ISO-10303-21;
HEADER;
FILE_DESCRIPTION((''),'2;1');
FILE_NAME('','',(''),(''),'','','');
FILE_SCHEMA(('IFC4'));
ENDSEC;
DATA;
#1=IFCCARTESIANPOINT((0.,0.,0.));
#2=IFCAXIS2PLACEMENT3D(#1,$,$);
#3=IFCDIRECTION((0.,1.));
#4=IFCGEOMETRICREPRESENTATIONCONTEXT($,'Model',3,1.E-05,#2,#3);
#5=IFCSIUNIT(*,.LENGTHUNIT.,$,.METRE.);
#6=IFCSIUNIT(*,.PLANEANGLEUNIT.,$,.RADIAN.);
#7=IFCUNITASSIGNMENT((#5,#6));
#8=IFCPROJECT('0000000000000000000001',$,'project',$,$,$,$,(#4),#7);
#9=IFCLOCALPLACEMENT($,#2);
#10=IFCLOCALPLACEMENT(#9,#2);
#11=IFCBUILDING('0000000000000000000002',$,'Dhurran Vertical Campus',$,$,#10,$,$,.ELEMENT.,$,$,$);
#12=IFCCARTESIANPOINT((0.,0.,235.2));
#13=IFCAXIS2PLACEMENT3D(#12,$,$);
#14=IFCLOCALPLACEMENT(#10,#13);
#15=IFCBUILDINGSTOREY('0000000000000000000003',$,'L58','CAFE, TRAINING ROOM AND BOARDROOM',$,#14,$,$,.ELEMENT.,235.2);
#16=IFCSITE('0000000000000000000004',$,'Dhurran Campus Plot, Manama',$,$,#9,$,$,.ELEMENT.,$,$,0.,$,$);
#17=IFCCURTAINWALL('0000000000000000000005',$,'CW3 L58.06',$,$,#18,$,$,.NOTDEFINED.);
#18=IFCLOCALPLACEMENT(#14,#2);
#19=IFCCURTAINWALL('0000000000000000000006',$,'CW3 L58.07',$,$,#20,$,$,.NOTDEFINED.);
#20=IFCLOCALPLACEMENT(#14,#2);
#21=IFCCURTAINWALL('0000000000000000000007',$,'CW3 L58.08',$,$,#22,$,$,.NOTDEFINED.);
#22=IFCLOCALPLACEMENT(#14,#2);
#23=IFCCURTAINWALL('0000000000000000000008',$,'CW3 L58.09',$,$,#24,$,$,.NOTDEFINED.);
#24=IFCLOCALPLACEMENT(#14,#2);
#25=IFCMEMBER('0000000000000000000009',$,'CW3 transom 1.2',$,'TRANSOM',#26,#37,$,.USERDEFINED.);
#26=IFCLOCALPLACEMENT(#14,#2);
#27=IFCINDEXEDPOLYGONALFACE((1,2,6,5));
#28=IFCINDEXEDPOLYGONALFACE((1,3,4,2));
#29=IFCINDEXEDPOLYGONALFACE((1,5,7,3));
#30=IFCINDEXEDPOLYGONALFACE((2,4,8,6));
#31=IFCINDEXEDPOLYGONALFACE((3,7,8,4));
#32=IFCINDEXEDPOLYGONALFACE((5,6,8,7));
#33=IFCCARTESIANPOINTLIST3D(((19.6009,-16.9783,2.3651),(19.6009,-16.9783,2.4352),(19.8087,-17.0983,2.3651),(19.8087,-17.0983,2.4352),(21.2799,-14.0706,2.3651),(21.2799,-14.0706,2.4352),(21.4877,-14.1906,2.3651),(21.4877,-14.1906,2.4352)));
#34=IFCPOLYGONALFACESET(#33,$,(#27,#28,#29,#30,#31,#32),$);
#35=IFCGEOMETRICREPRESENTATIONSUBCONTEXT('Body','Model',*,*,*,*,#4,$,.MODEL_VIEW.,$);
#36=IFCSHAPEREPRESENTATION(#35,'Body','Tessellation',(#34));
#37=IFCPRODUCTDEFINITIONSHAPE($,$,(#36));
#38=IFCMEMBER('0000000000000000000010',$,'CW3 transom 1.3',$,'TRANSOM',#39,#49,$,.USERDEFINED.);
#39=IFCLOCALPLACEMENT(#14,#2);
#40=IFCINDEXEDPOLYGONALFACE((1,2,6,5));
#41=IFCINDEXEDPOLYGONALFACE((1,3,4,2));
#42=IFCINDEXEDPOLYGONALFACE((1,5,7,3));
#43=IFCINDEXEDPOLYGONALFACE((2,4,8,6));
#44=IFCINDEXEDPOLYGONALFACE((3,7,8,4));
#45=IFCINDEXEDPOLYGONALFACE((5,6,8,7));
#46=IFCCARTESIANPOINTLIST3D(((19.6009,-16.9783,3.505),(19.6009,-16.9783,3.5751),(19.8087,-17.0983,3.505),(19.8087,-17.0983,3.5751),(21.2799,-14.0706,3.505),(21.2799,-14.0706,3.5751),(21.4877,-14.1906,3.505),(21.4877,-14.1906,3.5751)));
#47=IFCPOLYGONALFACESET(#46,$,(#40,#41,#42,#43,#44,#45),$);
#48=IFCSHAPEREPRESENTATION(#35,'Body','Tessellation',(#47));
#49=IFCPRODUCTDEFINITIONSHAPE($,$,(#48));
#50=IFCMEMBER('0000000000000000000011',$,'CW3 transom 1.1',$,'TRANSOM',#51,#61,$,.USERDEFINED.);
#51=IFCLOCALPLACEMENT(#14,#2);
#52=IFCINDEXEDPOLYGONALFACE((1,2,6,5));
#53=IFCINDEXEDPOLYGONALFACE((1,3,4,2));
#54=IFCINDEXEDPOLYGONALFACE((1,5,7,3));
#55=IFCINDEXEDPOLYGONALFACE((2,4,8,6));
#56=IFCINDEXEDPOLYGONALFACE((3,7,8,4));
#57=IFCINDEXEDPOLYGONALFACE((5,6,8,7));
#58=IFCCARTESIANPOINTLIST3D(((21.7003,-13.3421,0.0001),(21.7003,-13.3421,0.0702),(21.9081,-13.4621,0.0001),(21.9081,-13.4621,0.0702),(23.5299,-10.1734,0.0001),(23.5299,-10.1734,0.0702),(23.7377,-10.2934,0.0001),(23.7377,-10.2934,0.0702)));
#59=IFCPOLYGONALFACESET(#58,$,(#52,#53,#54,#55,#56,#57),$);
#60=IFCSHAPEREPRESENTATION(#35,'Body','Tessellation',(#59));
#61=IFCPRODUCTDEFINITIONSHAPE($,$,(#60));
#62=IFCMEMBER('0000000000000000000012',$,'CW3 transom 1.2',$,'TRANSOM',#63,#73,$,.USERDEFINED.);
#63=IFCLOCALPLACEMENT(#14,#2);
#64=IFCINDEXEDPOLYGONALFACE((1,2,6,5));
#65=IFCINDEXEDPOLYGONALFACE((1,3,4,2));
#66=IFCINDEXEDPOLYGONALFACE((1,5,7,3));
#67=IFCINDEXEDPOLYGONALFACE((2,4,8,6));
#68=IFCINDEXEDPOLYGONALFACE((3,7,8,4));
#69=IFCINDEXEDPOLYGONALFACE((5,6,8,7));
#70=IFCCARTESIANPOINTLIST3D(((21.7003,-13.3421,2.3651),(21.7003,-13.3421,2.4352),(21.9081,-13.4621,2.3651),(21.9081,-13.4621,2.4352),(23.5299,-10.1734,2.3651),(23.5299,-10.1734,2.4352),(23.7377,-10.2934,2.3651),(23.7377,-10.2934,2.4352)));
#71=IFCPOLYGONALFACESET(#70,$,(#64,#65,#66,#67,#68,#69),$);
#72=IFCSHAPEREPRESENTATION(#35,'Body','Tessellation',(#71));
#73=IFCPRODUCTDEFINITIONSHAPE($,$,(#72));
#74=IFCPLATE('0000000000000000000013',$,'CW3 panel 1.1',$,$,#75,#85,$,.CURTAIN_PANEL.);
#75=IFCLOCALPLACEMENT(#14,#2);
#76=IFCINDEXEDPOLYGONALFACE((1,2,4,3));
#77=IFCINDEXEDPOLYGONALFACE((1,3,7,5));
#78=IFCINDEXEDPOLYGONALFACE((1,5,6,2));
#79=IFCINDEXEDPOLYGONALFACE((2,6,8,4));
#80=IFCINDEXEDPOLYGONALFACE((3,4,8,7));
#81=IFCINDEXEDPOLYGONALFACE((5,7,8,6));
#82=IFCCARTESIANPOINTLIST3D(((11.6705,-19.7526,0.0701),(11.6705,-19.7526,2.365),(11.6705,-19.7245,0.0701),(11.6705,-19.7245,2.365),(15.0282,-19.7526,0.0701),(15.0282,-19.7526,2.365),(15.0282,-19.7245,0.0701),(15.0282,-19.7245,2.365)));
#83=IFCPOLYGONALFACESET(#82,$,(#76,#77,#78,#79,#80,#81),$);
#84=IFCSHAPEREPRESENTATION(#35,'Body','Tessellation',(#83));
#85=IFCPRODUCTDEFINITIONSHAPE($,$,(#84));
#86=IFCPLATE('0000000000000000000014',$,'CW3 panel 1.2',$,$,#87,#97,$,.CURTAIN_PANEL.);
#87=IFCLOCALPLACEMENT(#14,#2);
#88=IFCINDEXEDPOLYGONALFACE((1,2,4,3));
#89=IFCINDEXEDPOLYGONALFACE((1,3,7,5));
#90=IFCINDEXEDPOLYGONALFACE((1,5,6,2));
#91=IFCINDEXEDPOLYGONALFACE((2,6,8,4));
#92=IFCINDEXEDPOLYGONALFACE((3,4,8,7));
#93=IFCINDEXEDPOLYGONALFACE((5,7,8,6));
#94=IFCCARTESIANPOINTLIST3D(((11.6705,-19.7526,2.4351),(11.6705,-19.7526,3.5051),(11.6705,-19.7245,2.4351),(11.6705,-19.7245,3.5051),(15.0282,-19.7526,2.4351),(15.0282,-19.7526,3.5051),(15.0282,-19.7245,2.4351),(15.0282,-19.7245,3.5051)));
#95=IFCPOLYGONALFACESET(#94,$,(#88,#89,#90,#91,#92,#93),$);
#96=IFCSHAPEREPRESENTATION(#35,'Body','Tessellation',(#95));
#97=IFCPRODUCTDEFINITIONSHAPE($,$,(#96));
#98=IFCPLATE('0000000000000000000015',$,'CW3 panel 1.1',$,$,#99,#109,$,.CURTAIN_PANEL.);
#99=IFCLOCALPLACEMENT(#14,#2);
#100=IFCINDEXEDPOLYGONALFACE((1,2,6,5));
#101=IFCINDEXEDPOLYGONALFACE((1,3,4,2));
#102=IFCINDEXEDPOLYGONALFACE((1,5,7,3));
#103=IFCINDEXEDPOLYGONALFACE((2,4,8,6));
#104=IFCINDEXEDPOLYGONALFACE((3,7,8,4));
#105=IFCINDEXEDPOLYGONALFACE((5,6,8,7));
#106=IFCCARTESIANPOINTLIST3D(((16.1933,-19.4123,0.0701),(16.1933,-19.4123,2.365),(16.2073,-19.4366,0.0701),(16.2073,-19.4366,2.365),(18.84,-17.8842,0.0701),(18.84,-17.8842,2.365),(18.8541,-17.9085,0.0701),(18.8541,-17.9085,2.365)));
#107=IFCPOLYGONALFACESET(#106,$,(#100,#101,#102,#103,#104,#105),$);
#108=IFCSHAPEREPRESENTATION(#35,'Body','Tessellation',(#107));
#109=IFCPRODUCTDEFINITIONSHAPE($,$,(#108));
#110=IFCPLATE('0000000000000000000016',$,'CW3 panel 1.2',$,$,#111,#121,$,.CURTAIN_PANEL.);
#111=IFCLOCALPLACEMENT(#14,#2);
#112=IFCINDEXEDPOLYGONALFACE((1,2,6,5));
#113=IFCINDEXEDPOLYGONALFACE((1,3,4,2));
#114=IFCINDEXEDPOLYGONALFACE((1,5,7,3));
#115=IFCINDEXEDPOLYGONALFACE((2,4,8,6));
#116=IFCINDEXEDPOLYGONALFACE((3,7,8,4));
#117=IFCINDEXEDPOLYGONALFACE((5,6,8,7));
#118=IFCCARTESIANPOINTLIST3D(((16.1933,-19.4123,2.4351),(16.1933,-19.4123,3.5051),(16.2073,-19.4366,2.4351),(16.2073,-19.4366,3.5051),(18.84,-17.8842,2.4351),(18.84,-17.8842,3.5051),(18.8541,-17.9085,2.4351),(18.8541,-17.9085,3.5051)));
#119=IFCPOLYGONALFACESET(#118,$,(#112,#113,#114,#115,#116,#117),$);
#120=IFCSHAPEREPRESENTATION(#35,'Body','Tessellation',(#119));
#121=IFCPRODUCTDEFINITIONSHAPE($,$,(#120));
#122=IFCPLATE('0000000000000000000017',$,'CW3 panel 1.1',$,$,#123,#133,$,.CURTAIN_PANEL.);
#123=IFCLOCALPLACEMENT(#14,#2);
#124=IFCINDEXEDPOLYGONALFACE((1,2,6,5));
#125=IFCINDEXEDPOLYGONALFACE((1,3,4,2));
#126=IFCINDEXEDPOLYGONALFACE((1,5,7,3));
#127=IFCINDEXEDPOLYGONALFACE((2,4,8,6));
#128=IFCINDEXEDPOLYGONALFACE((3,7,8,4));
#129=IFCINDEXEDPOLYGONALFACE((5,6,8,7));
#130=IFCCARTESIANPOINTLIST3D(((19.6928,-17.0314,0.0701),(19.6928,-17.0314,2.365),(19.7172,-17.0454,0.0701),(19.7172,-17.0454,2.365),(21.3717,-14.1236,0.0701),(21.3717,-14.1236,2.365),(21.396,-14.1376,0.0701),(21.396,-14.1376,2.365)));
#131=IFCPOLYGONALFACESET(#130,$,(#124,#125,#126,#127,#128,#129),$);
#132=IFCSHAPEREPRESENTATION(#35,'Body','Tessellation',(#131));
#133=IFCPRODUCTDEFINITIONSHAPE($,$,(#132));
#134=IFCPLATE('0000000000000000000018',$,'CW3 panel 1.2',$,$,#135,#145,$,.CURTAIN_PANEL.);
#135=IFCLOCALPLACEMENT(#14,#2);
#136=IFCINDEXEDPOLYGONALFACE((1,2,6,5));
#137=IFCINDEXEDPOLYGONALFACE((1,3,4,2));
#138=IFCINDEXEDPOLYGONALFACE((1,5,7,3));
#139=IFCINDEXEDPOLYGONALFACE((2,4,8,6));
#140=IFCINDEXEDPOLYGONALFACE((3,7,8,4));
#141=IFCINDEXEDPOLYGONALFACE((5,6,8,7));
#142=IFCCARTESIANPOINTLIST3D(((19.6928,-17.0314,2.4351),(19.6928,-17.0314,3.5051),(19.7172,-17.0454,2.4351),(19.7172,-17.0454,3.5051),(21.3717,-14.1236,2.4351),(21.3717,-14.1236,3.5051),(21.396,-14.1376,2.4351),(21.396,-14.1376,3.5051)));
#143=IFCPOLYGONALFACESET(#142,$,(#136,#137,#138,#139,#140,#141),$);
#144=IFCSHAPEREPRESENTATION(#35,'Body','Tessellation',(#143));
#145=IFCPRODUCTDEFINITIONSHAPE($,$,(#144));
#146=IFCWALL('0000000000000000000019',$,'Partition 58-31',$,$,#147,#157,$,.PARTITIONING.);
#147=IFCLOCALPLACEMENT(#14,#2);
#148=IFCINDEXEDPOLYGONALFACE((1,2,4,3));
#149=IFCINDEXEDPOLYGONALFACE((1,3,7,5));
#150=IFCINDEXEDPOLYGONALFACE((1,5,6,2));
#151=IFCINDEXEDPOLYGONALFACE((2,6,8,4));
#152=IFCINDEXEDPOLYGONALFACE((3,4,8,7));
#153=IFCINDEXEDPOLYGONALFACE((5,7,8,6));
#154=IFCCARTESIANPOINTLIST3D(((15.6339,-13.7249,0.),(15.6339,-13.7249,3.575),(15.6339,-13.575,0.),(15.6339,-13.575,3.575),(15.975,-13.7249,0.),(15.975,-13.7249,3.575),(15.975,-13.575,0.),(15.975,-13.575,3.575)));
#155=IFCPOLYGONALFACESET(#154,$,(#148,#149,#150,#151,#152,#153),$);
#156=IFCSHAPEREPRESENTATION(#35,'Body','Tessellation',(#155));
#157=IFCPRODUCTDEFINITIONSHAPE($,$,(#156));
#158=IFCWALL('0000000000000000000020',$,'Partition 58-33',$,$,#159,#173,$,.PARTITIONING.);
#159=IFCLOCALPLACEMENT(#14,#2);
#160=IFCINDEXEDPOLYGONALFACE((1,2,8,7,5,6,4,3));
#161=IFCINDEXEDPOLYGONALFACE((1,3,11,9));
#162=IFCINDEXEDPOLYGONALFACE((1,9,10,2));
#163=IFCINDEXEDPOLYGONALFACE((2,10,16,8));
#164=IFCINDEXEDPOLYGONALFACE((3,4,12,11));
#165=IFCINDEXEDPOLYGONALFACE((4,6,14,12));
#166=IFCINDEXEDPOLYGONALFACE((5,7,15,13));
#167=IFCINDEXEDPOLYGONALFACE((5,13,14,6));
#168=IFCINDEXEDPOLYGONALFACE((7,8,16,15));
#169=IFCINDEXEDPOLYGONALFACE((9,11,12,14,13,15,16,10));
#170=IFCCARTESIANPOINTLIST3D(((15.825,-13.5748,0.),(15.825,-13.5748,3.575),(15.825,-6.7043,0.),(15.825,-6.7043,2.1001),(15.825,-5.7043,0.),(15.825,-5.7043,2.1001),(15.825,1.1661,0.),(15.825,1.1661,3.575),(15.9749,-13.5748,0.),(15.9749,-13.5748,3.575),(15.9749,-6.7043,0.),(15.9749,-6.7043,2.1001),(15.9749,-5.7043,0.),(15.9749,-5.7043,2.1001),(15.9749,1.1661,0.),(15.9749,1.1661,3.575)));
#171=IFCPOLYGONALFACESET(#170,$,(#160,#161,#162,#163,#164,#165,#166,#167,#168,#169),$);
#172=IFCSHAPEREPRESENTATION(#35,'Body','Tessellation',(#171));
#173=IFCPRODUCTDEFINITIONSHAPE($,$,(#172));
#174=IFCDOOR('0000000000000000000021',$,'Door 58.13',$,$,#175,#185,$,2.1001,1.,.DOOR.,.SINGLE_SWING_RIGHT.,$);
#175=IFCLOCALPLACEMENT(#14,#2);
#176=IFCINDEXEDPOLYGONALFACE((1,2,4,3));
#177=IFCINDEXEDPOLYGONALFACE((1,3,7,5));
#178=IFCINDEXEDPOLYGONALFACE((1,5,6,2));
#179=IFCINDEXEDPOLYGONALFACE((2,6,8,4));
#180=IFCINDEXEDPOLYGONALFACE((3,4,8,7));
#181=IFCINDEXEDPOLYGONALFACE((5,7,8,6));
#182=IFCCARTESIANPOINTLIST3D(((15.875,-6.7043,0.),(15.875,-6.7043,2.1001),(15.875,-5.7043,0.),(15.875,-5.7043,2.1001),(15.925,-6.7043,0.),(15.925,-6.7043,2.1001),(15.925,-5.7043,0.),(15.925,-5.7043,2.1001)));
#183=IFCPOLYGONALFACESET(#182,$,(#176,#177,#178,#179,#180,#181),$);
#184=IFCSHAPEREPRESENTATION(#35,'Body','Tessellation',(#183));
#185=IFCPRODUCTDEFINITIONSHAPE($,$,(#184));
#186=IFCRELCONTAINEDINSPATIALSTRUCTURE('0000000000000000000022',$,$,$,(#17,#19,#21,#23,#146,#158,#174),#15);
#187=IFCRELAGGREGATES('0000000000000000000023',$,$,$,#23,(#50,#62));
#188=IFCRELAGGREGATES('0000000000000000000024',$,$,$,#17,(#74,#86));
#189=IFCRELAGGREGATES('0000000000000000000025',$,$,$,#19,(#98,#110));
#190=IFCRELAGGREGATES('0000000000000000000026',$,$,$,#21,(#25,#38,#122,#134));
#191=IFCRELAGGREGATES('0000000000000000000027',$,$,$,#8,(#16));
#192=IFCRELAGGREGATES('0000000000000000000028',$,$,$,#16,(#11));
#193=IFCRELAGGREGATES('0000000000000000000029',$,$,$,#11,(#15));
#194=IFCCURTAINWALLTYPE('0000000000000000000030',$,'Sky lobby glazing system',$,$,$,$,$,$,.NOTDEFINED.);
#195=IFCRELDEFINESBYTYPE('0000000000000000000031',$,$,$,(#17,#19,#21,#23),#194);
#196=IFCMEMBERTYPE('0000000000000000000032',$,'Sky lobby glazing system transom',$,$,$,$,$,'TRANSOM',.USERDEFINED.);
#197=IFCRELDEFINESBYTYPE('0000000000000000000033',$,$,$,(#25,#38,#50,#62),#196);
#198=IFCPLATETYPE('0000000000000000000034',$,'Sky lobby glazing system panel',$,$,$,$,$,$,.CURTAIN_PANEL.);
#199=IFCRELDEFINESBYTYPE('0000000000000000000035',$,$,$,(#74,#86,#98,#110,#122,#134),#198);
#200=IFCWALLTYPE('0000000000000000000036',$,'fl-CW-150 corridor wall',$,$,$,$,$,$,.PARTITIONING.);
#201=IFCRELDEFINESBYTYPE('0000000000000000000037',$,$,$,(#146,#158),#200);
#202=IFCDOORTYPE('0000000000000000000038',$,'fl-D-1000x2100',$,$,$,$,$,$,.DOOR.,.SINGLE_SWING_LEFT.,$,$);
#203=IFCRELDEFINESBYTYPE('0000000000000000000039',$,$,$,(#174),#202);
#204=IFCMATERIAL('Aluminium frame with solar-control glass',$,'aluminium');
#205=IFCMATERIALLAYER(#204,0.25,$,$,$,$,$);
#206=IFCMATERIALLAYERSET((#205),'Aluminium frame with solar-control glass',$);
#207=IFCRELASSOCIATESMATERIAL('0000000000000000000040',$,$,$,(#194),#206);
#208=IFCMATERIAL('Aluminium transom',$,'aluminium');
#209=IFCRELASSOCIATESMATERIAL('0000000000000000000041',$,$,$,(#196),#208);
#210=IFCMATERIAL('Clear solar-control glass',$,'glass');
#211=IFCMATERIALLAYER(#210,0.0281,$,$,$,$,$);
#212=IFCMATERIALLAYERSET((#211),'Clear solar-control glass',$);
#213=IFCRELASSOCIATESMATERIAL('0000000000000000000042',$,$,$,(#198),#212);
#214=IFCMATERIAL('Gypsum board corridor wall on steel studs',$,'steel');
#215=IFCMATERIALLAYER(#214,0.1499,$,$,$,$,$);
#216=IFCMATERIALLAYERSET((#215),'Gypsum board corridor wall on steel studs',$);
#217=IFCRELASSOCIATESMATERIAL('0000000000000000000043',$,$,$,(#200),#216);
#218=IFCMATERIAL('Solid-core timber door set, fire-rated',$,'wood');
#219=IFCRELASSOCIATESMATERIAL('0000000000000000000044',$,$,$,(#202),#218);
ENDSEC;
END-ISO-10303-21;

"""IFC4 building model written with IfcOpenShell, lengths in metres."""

from ifc_helpers import new_model, si_unit, direction, frame, frame_2d, origin, origin_2d, place, context, subcontext, project, spatial, rectangle, extrude, material, layer, layer_set, material_profile, profile_set, type_object, element, fill, aggregate, save


model = new_model("IFC4")

# Units and contexts
model_context = context("Model", 3, precision=1e-05, world=origin(), true_north=direction((0.0, 1.0)))
body_context = subcontext(model_context, "Body", "Model", "MODEL_VIEW")
ifc_project = project(units=[si_unit("LENGTHUNIT", "METRE"), si_unit("PLANEANGLEUNIT", "RADIAN")], contexts=[model_context])

# Site, building, storey
site_placement = place(None, origin())
site = spatial("IfcSite", under=ifc_project, at=site_placement, Name="Dhurran Campus Plot, Manama", CompositionType="ELEMENT", RefElevation=0.0)
building_placement = place(site_placement, origin())
building = spatial("IfcBuilding", under=site, at=building_placement, Name="Dhurran Vertical Campus", CompositionType="ELEMENT")
storey_placement = place(building_placement, frame((0.0, 0.0, 235.2)))
storey = spatial("IfcBuildingStorey", under=building, at=storey_placement, Name="L58", Description="CAFE, TRAINING ROOM AND BOARDROOM", CompositionType="ELEMENT", Elevation=235.2)

# Curtain wall
ifc_material_1 = material(Name="Aluminium frame with solar-control glass", Category="aluminium")
ifc_layer_1 = layer(ifc_material_1, 0.25)
ifc_layer_set_1 = layer_set([ifc_layer_1], Name="Aluminium frame with solar-control glass")
curtain_wall_type = type_object("IfcCurtainWallType", Name="Sky lobby glazing system", PredefinedType="NOTDEFINED", material=ifc_layer_set_1)
curtain_wall_1_placement = place(storey_placement, origin())
curtain_wall_1 = element("IfcCurtainWall", 1, at=curtain_wall_1_placement, inside=storey, type_object=curtain_wall_type, Name="CW3 L58.06", PredefinedType="NOTDEFINED")

# Curtain walls
curtain_wall_2_placement = place(storey_placement, origin())
curtain_wall_2 = element("IfcCurtainWall", 2, at=curtain_wall_2_placement, inside=storey, type_object=curtain_wall_type, Name="CW3 L58.07", PredefinedType="NOTDEFINED")
curtain_wall_3_placement = place(storey_placement, origin())
curtain_wall_3 = element("IfcCurtainWall", 3, at=curtain_wall_3_placement, inside=storey, type_object=curtain_wall_type, Name="CW3 L58.08", PredefinedType="NOTDEFINED")

# Curtain wall
curtain_wall_4_placement = place(storey_placement, origin())
curtain_wall_4 = element("IfcCurtainWall", 4, at=curtain_wall_4_placement, inside=storey, type_object=curtain_wall_type, Name="CW3 L58.09", PredefinedType="NOTDEFINED")

# Members
ifc_material_2 = material(Name="Aluminium transom", Category="aluminium")
ifc_material_profile_1 = material_profile(ifc_material_2, rectangle(XDim=0.24, YDim=0.0701, at=origin_2d()), Name="Sky lobby glazing system transom")
ifc_profile_set_1 = profile_set([ifc_material_profile_1], Name="Aluminium transom")
member_type_1 = type_object("IfcMemberType", Name="Sky lobby glazing system transom", ElementType="TRANSOM", PredefinedType="USERDEFINED", material=ifc_profile_set_1)
member_1_placement = place(storey_placement, frame((19.7048, -17.0383, 2.4001), z_axis=(0.500041, 0.866002, 0.0), x_axis=(-0.866002, 0.500041, 0.0)))
member_1 = element("IfcMember", 5, at=member_1_placement, type_object=member_type_1, Name="CW3 transom 1.2", ObjectType="TRANSOM", PredefinedType="USERDEFINED", context=body_context, shape_type="SweptSolid", body=[
    extrude(rectangle(XDim=0.24, YDim=0.0701, at=origin_2d()), origin(), (0.0, 0.0, 1.0), 3.3577),
])
member_2_placement = place(storey_placement, frame((19.7048, -17.0383, 3.54), z_axis=(0.500041, 0.866002, 0.0), x_axis=(-0.866002, 0.500041, 0.0)))
member_2 = element("IfcMember", 6, at=member_2_placement, type_object=member_type_1, Name="CW3 transom 1.3", ObjectType="TRANSOM", PredefinedType="USERDEFINED", context=body_context, shape_type="SweptSolid", body=[
    extrude(rectangle(XDim=0.24, YDim=0.0701, at=origin_2d()), origin(), (0.0, 0.0, 1.0), 3.3577),
])
member_3_placement = place(storey_placement, frame((21.8042, -13.4021, 0.0352), z_axis=(0.500029, 0.866009, 0.0), x_axis=(-0.866009, 0.500029, 0.0)))
member_3 = element("IfcMember", 7, at=member_3_placement, type_object=member_type_1, Name="CW3 transom 1.1", ObjectType="TRANSOM", PredefinedType="USERDEFINED", context=body_context, shape_type="SweptSolid", body=[
    extrude(rectangle(XDim=0.24, YDim=0.0701, at=origin_2d()), origin(), (0.0, 0.0, 1.0), 3.6589),
])
member_4_placement = place(storey_placement, frame((21.8042, -13.4021, 2.4001), z_axis=(0.500029, 0.866009, 0.0), x_axis=(-0.866009, 0.500029, 0.0)))
member_4 = element("IfcMember", 8, at=member_4_placement, type_object=member_type_1, Name="CW3 transom 1.2", ObjectType="TRANSOM", PredefinedType="USERDEFINED", context=body_context, shape_type="SweptSolid", body=[
    extrude(rectangle(XDim=0.24, YDim=0.0701, at=origin_2d()), origin(), (0.0, 0.0, 1.0), 3.6589),
])
aggregate(curtain_wall_4, [member_3, member_4])

# Plates
ifc_material_3 = material(Name="Clear solar-control glass", Category="glass")
ifc_layer_2 = layer(ifc_material_3, 0.0281)
ifc_layer_set_2 = layer_set([ifc_layer_2], Name="Clear solar-control glass")
plate_type = type_object("IfcPlateType", Name="Sky lobby glazing system panel", PredefinedType="CURTAIN_PANEL", material=ifc_layer_set_2)
plate_1_placement = place(storey_placement, frame((13.3494, -19.7385, 0.0701), z_axis=(0.0, 0.0, 1.0), x_axis=(1.0, 0.0, 0.0)))
plate_1 = element("IfcPlate", 9, at=plate_1_placement, type_object=plate_type, Name="CW3 panel 1.1", PredefinedType="CURTAIN_PANEL", context=body_context, shape_type="SweptSolid", body=[
    extrude(rectangle(XDim=3.3577, YDim=0.0281, at=origin_2d()), origin(), (0.0, 0.0, 1.0), 2.2949),
])
plate_2_placement = place(storey_placement, frame((13.3494, -19.7385, 2.4351), z_axis=(0.0, 0.0, 1.0), x_axis=(1.0, 0.0, 0.0)))
plate_2 = element("IfcPlate", 10, at=plate_2_placement, type_object=plate_type, Name="CW3 panel 1.2", PredefinedType="CURTAIN_PANEL", context=body_context, shape_type="SweptSolid", body=[
    extrude(rectangle(XDim=3.3577, YDim=0.0281, at=origin_2d()), origin(), (0.0, 0.0, 1.0), 1.0701),
])
aggregate(curtain_wall_1, [plate_1, plate_2])
plate_3_placement = place(storey_placement, frame((17.5237, -18.6604, 0.0701), z_axis=(0.0, 0.0, 1.0), x_axis=(0.866026, 0.499999, 0.0)))
plate_3 = element("IfcPlate", 11, at=plate_3_placement, type_object=plate_type, Name="CW3 panel 1.1", PredefinedType="CURTAIN_PANEL", context=body_context, shape_type="SweptSolid", body=[
    extrude(rectangle(XDim=3.0562, YDim=0.0281, at=origin_2d()), origin(), (0.0, 0.0, 1.0), 2.2949),
])
plate_4_placement = place(storey_placement, frame((17.5237, -18.6604, 2.4351), z_axis=(0.0, 0.0, 1.0), x_axis=(0.866026, 0.499999, 0.0)))
plate_4 = element("IfcPlate", 12, at=plate_4_placement, type_object=plate_type, Name="CW3 panel 1.2", PredefinedType="CURTAIN_PANEL", context=body_context, shape_type="SweptSolid", body=[
    extrude(rectangle(XDim=3.0562, YDim=0.0281, at=origin_2d()), origin(), (0.0, 0.0, 1.0), 1.0701),
])
aggregate(curtain_wall_2, [plate_3, plate_4])
plate_5_placement = place(storey_placement, frame((20.5444, -15.5845, 0.0701), z_axis=(0.0, 0.0, 1.0), x_axis=(0.50001, 0.866019, 0.0)))
plate_5 = element("IfcPlate", 13, at=plate_5_placement, type_object=plate_type, Name="CW3 panel 1.1", PredefinedType="CURTAIN_PANEL", context=body_context, shape_type="SweptSolid", body=[
    extrude(rectangle(XDim=3.3577, YDim=0.0281, at=origin_2d()), origin(), (0.0, 0.0, 1.0), 2.2949),
])
plate_6_placement = place(storey_placement, frame((20.5444, -15.5845, 2.4351), z_axis=(0.0, 0.0, 1.0), x_axis=(0.50001, 0.866019, 0.0)))
plate_6 = element("IfcPlate", 14, at=plate_6_placement, type_object=plate_type, Name="CW3 panel 1.2", PredefinedType="CURTAIN_PANEL", context=body_context, shape_type="SweptSolid", body=[
    extrude(rectangle(XDim=3.3577, YDim=0.0281, at=origin_2d()), origin(), (0.0, 0.0, 1.0), 1.0701),
])
aggregate(curtain_wall_3, [member_1, member_2, plate_5, plate_6])

# Wall
ifc_material_4 = material(Name="Gypsum board corridor wall on steel studs", Category="steel")
ifc_layer_3 = layer(ifc_material_4, 0.1499)
ifc_layer_set_3 = layer_set([ifc_layer_3], Name="Gypsum board corridor wall on steel studs")
wall_type_1 = type_object("IfcWallType", Name="fl-CW-150 corridor wall", PredefinedType="PARTITIONING", material=ifc_layer_set_3)
wall_1_placement = place(storey_placement, frame((15.634, -13.6499, 0.0), z_axis=(0.0, 0.0, 1.0), x_axis=(1.0, 0.0, 0.0)))
element("IfcWall", 15, at=wall_1_placement, inside=storey, type_object=wall_type_1, Name="Partition 58-31", PredefinedType="PARTITIONING", context=body_context, shape_type="SweptSolid", body=[
    extrude(rectangle(XDim=0.3411, YDim=0.1499, at=frame_2d((0.1704, 0.0))), origin(), (0.0, 0.0, 1.0), 3.575),
])

# Wall, opening, door
wall_2_placement = place(storey_placement, frame((15.8999, -13.575, 0.0), z_axis=(0.0, 0.0, 1.0), x_axis=(0.0, 1.0, 0.0)))
wall_2 = element("IfcWall", 16, at=wall_2_placement, inside=storey, type_object=wall_type_1, Name="Partition 58-33", PredefinedType="PARTITIONING", context=body_context, shape_type="SweptSolid", body=[
    extrude(rectangle(XDim=14.741, YDim=0.1499, at=frame_2d((7.3706, 0.0))), origin(), (0.0, 0.0, 1.0), 3.575),
])
opening_placement = place(wall_2_placement, frame((6.8706, 0.0, 0.0)))
opening = element("IfcOpeningElement", 17, at=opening_placement, cuts=wall_2, PredefinedType="OPENING", context=body_context, shape_type="SweptSolid", body=[
    extrude(rectangle(XDim=1.0, YDim=2.1001, at=frame_2d((0.5, 1.05))), frame((0.0, 0.085, 0.0), z_axis=(0.0, -1.0, 0.0), x_axis=(1.0, 0.0, 0.0)), (0.0, 0.0, 1.0), 0.1699),
])
ifc_material_5 = material(Name="Solid-core timber door set, fire-rated", Category="wood")
door_type = type_object("IfcDoorType", Name="fl-D-1000x2100", OperationType="SINGLE_SWING_LEFT", PredefinedType="DOOR", material=ifc_material_5)
door_placement = place(opening_placement, origin())
door = element("IfcDoor", 18, at=door_placement, inside=storey, type_object=door_type, Name="Door 58.13", OperationType="SINGLE_SWING_RIGHT", OverallHeight=2.1001, OverallWidth=1.0, PredefinedType="DOOR", context=body_context, shape_type="SweptSolid", body=[
    extrude(rectangle(XDim=1.0, YDim=2.1001, at=frame_2d((0.5, 1.05))), frame((0.0, 0.0249, 0.0), z_axis=(0.0, -1.0, 0.0), x_axis=(1.0, 0.0, 0.0)), (0.0, 0.0, 1.0), 0.05),
])
fill(opening, door)

save(model, "model.ifc")
